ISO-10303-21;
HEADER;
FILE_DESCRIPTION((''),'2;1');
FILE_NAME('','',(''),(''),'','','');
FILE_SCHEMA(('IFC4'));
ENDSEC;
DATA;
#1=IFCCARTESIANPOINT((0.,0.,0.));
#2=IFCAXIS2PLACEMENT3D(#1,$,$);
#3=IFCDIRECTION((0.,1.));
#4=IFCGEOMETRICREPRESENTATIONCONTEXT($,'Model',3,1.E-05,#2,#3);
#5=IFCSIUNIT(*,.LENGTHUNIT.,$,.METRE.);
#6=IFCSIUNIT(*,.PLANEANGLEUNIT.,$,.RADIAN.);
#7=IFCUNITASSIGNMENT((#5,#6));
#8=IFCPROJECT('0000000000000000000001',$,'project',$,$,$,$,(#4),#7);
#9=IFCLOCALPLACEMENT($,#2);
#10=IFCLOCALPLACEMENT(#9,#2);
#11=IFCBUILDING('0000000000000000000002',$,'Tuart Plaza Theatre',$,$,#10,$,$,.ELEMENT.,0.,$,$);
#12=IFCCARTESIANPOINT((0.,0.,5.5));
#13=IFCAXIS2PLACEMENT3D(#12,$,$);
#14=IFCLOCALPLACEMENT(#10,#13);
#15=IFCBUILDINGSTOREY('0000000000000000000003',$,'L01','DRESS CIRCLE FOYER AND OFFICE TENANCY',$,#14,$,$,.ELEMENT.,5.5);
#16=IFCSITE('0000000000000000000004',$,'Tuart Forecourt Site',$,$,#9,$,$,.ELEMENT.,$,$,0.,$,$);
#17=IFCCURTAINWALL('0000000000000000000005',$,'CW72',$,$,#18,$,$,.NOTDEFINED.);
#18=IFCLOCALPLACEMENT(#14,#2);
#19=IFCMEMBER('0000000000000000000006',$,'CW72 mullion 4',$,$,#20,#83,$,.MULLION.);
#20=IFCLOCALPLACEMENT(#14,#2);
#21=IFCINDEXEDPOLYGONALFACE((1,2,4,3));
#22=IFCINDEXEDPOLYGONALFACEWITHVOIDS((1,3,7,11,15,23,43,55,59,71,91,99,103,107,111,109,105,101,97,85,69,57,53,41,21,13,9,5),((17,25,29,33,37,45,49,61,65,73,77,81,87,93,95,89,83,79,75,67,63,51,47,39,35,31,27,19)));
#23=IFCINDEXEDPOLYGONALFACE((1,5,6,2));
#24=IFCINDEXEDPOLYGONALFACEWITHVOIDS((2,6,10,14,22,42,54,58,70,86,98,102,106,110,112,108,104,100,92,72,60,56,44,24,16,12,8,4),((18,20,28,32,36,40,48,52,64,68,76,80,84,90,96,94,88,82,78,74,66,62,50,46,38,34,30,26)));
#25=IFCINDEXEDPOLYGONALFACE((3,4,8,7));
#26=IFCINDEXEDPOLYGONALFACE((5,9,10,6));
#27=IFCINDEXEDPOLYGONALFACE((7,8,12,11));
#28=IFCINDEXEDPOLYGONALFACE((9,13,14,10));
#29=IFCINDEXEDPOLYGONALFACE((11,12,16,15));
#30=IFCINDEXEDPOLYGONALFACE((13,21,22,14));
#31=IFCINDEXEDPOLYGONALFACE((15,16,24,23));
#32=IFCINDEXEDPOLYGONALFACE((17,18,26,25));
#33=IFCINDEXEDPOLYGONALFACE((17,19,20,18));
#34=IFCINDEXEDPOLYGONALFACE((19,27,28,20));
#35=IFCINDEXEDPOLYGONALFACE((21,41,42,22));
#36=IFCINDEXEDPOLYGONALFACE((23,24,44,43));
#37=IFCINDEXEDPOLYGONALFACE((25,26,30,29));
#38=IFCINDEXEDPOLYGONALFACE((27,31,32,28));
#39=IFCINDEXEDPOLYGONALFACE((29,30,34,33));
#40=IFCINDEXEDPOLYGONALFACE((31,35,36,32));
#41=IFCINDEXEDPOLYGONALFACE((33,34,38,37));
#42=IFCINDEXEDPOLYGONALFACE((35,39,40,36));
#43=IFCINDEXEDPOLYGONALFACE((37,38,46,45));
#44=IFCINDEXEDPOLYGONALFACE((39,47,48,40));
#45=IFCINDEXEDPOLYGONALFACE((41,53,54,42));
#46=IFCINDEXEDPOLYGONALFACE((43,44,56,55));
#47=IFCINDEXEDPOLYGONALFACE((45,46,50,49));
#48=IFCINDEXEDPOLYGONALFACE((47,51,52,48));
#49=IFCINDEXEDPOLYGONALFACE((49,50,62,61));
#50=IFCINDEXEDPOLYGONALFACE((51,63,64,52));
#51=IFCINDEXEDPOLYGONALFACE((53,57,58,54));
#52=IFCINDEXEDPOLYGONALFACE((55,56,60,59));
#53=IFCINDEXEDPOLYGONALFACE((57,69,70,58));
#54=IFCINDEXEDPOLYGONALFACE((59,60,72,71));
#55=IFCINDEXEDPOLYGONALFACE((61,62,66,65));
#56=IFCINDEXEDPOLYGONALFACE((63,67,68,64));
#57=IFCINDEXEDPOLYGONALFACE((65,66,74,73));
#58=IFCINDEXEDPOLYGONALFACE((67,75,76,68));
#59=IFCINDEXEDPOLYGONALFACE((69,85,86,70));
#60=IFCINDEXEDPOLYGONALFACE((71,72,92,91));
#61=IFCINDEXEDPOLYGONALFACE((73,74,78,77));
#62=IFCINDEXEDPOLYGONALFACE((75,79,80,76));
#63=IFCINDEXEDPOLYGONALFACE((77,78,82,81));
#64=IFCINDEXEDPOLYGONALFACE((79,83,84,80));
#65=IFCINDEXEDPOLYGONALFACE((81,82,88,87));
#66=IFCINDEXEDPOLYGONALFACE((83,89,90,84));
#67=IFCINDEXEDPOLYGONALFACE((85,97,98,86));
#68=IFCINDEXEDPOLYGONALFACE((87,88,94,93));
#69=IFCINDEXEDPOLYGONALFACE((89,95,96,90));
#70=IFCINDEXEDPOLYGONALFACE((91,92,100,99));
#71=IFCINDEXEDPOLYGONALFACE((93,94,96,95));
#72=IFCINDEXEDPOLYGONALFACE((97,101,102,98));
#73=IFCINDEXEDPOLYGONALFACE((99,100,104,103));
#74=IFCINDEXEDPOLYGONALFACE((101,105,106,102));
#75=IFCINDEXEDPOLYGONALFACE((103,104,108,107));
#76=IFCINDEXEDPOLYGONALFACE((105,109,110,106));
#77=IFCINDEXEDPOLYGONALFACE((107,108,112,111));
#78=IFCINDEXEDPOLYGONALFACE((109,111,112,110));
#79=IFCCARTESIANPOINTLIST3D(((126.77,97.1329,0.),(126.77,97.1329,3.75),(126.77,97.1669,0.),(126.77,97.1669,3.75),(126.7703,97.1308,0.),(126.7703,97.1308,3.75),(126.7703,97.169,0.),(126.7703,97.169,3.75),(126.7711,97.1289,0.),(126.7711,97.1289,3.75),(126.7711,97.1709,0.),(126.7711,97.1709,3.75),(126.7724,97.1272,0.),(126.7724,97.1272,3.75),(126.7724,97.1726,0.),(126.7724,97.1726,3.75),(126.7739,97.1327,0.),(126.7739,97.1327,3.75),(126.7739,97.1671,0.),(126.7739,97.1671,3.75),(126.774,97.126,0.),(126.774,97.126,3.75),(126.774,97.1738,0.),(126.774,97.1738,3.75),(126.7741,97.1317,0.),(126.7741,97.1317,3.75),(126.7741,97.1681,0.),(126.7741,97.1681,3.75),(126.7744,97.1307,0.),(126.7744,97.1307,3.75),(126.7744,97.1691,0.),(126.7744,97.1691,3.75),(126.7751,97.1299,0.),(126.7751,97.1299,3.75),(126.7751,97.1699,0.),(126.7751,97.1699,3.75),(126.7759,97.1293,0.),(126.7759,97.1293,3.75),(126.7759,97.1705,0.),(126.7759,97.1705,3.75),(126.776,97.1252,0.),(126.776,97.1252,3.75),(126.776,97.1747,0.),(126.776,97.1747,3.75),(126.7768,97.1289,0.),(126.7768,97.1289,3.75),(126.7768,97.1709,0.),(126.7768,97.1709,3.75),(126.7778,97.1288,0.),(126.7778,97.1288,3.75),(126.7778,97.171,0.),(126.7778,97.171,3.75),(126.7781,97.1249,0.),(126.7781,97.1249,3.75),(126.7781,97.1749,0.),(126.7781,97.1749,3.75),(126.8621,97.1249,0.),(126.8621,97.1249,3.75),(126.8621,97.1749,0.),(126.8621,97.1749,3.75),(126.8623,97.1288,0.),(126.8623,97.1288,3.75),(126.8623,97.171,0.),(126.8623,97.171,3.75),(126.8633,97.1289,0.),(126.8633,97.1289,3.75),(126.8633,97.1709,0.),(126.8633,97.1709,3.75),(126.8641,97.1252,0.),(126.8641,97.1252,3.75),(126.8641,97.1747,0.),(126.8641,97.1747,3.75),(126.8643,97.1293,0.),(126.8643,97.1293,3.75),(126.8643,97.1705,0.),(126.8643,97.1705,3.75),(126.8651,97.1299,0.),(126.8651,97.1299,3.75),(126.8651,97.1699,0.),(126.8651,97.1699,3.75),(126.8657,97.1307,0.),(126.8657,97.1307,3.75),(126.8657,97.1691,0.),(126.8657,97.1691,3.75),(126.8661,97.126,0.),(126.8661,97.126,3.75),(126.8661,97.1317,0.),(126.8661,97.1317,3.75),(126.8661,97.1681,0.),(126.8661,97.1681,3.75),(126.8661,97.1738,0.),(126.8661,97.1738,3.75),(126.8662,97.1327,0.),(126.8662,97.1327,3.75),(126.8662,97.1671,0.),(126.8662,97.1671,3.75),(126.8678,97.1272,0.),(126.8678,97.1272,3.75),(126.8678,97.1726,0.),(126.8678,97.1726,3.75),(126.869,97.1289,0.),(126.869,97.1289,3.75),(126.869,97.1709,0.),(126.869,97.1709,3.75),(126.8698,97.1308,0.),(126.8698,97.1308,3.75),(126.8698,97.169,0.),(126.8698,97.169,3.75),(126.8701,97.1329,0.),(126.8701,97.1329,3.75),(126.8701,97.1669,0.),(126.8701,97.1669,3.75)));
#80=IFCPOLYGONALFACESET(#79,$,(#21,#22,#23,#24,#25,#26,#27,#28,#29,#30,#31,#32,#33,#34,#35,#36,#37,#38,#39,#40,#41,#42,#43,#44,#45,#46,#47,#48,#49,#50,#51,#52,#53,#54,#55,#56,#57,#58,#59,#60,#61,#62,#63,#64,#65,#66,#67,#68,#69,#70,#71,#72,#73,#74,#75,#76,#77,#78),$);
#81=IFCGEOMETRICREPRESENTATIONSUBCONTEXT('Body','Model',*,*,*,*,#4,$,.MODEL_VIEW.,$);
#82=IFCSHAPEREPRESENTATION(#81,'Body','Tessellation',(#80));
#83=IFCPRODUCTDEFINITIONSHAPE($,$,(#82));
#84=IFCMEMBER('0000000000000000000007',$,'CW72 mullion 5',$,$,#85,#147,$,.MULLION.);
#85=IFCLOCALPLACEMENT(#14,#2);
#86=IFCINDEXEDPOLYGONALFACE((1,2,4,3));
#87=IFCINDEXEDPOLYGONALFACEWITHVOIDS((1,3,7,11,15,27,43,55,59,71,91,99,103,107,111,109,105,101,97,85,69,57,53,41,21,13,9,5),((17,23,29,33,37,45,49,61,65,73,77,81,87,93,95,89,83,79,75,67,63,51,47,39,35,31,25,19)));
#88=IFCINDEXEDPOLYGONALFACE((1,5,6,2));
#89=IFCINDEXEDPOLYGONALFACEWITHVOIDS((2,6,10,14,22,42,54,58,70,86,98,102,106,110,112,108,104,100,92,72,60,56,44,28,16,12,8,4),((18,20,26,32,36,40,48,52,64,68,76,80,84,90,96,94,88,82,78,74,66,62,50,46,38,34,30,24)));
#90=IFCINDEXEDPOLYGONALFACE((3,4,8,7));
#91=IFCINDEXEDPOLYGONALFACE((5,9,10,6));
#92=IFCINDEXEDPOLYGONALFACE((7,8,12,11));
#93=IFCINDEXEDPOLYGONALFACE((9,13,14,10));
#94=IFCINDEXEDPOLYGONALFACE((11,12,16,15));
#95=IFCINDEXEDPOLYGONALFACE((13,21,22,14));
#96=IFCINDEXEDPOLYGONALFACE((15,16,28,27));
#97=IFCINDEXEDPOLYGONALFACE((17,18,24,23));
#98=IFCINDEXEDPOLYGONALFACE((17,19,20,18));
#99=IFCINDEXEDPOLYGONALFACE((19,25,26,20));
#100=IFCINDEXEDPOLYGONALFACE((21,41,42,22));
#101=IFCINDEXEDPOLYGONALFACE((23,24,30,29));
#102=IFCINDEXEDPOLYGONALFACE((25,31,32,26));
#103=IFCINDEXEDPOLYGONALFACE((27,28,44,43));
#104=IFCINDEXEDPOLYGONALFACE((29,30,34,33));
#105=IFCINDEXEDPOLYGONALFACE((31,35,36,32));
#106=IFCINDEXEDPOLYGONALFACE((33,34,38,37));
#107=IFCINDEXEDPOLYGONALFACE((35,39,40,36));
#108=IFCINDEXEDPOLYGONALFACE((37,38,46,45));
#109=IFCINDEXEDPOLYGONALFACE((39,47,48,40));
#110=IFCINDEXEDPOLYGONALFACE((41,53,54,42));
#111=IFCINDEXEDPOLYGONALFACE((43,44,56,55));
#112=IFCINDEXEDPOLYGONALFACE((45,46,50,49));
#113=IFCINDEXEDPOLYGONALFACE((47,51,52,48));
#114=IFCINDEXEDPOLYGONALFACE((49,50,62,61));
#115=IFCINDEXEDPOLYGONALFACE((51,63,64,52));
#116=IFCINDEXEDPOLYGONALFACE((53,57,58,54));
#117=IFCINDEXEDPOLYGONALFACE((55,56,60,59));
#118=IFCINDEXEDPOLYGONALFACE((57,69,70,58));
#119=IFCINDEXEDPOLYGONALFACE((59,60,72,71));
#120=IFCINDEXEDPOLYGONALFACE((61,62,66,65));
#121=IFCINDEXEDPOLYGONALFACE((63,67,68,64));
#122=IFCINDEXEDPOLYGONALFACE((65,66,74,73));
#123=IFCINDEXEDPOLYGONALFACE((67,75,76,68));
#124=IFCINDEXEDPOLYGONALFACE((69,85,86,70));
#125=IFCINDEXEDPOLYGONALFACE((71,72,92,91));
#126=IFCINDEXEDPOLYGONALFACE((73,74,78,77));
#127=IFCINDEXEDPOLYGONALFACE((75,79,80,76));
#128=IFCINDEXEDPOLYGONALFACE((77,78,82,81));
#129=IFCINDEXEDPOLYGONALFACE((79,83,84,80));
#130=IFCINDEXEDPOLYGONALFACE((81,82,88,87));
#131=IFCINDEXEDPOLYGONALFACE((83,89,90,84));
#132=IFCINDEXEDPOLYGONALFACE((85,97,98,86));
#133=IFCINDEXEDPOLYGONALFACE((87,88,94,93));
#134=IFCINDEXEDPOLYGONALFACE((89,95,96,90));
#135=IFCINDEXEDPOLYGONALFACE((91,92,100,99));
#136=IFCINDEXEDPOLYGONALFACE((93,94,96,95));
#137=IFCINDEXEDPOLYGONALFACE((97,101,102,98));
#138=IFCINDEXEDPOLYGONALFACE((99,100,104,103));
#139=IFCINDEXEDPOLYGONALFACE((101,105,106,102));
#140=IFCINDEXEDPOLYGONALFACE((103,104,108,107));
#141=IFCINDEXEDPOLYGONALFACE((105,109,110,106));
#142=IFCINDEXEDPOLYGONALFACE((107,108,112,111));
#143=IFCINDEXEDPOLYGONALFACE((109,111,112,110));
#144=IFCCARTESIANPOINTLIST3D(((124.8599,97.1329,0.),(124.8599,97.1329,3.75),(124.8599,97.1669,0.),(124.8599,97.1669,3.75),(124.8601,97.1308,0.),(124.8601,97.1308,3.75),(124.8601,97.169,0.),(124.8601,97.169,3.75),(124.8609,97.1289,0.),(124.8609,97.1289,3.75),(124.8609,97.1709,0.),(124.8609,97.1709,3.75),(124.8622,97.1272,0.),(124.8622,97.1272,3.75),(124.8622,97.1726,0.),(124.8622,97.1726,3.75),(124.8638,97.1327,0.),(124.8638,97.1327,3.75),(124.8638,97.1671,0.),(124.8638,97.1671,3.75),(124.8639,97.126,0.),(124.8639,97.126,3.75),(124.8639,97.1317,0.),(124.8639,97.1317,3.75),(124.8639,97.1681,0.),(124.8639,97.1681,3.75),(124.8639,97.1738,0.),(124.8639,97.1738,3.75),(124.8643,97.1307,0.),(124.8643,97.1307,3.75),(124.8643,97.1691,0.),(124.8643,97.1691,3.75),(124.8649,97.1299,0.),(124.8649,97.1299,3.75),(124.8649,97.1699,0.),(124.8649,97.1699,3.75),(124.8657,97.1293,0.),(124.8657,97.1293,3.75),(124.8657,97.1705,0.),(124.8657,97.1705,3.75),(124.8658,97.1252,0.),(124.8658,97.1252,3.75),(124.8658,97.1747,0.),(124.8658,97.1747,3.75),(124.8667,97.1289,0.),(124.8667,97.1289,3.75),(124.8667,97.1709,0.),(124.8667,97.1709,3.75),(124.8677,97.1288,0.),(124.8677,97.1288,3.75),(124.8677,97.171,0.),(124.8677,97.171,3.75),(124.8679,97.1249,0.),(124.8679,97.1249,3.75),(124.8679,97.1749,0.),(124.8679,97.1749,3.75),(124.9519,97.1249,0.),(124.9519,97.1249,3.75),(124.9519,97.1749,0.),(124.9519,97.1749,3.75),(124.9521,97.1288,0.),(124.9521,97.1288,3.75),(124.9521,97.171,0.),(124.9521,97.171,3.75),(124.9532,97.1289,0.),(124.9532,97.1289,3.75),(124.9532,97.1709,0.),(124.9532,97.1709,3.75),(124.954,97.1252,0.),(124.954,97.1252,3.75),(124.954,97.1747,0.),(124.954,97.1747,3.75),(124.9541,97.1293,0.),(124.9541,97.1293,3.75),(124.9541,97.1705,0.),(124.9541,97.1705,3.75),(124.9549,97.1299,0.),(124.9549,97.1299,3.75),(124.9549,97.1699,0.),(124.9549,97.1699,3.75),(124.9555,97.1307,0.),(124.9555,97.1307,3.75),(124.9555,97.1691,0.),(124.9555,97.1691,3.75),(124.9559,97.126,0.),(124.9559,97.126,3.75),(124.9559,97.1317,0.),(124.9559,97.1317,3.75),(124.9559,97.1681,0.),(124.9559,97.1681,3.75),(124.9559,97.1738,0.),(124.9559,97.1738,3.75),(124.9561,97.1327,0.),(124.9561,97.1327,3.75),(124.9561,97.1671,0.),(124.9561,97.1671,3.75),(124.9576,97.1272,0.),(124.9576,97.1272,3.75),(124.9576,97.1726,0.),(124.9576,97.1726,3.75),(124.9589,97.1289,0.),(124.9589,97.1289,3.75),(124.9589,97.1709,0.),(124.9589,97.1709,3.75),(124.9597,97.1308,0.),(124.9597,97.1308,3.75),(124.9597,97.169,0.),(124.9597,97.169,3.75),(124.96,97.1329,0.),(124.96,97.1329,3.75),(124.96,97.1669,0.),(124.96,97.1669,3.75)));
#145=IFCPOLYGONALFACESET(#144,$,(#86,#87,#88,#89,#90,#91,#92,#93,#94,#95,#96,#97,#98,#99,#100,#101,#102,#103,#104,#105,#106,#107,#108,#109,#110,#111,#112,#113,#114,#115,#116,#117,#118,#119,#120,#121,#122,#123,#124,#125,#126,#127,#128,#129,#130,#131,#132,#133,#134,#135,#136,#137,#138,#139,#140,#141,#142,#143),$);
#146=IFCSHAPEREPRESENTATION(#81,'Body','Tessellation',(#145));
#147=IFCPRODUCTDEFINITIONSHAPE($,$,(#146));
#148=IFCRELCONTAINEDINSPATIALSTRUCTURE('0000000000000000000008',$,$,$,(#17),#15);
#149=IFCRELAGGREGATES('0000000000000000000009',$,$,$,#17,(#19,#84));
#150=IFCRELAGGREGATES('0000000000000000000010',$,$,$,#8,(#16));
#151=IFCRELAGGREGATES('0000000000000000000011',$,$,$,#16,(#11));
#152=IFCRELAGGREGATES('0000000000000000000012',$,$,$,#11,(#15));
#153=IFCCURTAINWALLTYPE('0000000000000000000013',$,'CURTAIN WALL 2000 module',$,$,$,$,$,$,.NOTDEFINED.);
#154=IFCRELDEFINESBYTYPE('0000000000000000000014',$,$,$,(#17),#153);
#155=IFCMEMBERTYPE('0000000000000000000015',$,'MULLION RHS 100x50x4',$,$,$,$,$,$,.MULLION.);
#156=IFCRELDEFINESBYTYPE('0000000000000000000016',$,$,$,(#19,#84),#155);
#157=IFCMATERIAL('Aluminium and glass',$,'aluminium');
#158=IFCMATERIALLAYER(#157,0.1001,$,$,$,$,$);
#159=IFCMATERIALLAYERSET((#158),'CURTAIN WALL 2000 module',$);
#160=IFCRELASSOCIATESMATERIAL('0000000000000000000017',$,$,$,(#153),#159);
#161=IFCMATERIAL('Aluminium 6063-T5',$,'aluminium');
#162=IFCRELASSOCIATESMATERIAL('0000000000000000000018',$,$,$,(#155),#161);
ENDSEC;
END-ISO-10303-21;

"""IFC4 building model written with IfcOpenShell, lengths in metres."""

from ifc_helpers import new_model, si_unit, direction, frame, origin, origin_2d, place, context, subcontext, project, spatial, hollow_rectangle, extrude, material, layer, layer_set, material_profile, profile_set, type_object, element, aggregate, save


model = new_model("IFC4")

# Units and contexts
model_context = context("Model", 3, precision=1e-05, world=origin(), true_north=direction((0.0, 1.0)))
body_context = subcontext(model_context, "Body", "Model", "MODEL_VIEW")
ifc_project = project(units=[si_unit("LENGTHUNIT", "METRE"), si_unit("PLANEANGLEUNIT", "RADIAN")], contexts=[model_context])

# Site, building, storey
site_placement = place(None, origin())
site = spatial("IfcSite", under=ifc_project, at=site_placement, Name="Tuart Forecourt Site", CompositionType="ELEMENT", RefElevation=0.0)
building_placement = place(site_placement, origin())
building = spatial("IfcBuilding", under=site, at=building_placement, Name="Tuart Plaza Theatre", CompositionType="ELEMENT", ElevationOfRefHeight=0.0)
storey_placement = place(building_placement, frame((0.0, 0.0, 5.5)))
storey = spatial("IfcBuildingStorey", under=building, at=storey_placement, Name="L01", Description="DRESS CIRCLE FOYER AND OFFICE TENANCY", CompositionType="ELEMENT", Elevation=5.5)

# Curtain wall, members
ifc_material_1 = material(Name="Aluminium and glass", Category="aluminium")
ifc_layer_1 = layer(ifc_material_1, 0.1001)
ifc_layer_set_1 = layer_set([ifc_layer_1], Name="CURTAIN WALL 2000 module")
curtain_wall_type = type_object("IfcCurtainWallType", Name="CURTAIN WALL 2000 module", PredefinedType="NOTDEFINED", material=ifc_layer_set_1)
curtain_wall_placement = place(storey_placement, origin())
curtain_wall = element("IfcCurtainWall", 1, at=curtain_wall_placement, inside=storey, type_object=curtain_wall_type, Name="CW72", PredefinedType="NOTDEFINED")
ifc_material_2 = material(Name="Aluminium 6063-T5", Category="aluminium")
ifc_material_profile_1 = material_profile(ifc_material_2, hollow_rectangle(XDim=0.05, YDim=0.1001, WallThickness=0.0039, InnerFilletRadius=0.0039, OuterFilletRadius=0.0081, at=origin_2d()), Name="RHS 100x50x4")
ifc_profile_set_1 = profile_set([ifc_material_profile_1], Name="Aluminium 6063-T5")
member_type_1 = type_object("IfcMemberType", Name="MULLION RHS 100x50x4", PredefinedType="MULLION", material=ifc_profile_set_1)
member_1_placement = place(storey_placement, frame((126.8201, 97.1499, 0.0), z_axis=(0.0, 0.0, 1.0), x_axis=(0.0, -1.0, 0.0)))
member_1 = element("IfcMember", 2, at=member_1_placement, type_object=member_type_1, Name="CW72 mullion 4", PredefinedType="MULLION", context=body_context, shape_type="SweptSolid", body=[
    extrude(hollow_rectangle(XDim=0.05, YDim=0.1001, WallThickness=0.0039, InnerFilletRadius=0.0039, OuterFilletRadius=0.0081, at=origin_2d()), origin(), (0.0, 0.0, 1.0), 3.75),
])
member_2_placement = place(storey_placement, frame((124.9099, 97.1499, 0.0), z_axis=(0.0, 0.0, 1.0), x_axis=(0.0, -1.0, 0.0)))
member_2 = element("IfcMember", 3, at=member_2_placement, type_object=member_type_1, Name="CW72 mullion 5", PredefinedType="MULLION", context=body_context, shape_type="SweptSolid", body=[
    extrude(hollow_rectangle(XDim=0.05, YDim=0.1001, WallThickness=0.0039, InnerFilletRadius=0.0039, OuterFilletRadius=0.0081, at=origin_2d()), origin(), (0.0, 0.0, 1.0), 3.75),
])
aggregate(curtain_wall, [member_1, member_2])

save(model, "model.ifc")
